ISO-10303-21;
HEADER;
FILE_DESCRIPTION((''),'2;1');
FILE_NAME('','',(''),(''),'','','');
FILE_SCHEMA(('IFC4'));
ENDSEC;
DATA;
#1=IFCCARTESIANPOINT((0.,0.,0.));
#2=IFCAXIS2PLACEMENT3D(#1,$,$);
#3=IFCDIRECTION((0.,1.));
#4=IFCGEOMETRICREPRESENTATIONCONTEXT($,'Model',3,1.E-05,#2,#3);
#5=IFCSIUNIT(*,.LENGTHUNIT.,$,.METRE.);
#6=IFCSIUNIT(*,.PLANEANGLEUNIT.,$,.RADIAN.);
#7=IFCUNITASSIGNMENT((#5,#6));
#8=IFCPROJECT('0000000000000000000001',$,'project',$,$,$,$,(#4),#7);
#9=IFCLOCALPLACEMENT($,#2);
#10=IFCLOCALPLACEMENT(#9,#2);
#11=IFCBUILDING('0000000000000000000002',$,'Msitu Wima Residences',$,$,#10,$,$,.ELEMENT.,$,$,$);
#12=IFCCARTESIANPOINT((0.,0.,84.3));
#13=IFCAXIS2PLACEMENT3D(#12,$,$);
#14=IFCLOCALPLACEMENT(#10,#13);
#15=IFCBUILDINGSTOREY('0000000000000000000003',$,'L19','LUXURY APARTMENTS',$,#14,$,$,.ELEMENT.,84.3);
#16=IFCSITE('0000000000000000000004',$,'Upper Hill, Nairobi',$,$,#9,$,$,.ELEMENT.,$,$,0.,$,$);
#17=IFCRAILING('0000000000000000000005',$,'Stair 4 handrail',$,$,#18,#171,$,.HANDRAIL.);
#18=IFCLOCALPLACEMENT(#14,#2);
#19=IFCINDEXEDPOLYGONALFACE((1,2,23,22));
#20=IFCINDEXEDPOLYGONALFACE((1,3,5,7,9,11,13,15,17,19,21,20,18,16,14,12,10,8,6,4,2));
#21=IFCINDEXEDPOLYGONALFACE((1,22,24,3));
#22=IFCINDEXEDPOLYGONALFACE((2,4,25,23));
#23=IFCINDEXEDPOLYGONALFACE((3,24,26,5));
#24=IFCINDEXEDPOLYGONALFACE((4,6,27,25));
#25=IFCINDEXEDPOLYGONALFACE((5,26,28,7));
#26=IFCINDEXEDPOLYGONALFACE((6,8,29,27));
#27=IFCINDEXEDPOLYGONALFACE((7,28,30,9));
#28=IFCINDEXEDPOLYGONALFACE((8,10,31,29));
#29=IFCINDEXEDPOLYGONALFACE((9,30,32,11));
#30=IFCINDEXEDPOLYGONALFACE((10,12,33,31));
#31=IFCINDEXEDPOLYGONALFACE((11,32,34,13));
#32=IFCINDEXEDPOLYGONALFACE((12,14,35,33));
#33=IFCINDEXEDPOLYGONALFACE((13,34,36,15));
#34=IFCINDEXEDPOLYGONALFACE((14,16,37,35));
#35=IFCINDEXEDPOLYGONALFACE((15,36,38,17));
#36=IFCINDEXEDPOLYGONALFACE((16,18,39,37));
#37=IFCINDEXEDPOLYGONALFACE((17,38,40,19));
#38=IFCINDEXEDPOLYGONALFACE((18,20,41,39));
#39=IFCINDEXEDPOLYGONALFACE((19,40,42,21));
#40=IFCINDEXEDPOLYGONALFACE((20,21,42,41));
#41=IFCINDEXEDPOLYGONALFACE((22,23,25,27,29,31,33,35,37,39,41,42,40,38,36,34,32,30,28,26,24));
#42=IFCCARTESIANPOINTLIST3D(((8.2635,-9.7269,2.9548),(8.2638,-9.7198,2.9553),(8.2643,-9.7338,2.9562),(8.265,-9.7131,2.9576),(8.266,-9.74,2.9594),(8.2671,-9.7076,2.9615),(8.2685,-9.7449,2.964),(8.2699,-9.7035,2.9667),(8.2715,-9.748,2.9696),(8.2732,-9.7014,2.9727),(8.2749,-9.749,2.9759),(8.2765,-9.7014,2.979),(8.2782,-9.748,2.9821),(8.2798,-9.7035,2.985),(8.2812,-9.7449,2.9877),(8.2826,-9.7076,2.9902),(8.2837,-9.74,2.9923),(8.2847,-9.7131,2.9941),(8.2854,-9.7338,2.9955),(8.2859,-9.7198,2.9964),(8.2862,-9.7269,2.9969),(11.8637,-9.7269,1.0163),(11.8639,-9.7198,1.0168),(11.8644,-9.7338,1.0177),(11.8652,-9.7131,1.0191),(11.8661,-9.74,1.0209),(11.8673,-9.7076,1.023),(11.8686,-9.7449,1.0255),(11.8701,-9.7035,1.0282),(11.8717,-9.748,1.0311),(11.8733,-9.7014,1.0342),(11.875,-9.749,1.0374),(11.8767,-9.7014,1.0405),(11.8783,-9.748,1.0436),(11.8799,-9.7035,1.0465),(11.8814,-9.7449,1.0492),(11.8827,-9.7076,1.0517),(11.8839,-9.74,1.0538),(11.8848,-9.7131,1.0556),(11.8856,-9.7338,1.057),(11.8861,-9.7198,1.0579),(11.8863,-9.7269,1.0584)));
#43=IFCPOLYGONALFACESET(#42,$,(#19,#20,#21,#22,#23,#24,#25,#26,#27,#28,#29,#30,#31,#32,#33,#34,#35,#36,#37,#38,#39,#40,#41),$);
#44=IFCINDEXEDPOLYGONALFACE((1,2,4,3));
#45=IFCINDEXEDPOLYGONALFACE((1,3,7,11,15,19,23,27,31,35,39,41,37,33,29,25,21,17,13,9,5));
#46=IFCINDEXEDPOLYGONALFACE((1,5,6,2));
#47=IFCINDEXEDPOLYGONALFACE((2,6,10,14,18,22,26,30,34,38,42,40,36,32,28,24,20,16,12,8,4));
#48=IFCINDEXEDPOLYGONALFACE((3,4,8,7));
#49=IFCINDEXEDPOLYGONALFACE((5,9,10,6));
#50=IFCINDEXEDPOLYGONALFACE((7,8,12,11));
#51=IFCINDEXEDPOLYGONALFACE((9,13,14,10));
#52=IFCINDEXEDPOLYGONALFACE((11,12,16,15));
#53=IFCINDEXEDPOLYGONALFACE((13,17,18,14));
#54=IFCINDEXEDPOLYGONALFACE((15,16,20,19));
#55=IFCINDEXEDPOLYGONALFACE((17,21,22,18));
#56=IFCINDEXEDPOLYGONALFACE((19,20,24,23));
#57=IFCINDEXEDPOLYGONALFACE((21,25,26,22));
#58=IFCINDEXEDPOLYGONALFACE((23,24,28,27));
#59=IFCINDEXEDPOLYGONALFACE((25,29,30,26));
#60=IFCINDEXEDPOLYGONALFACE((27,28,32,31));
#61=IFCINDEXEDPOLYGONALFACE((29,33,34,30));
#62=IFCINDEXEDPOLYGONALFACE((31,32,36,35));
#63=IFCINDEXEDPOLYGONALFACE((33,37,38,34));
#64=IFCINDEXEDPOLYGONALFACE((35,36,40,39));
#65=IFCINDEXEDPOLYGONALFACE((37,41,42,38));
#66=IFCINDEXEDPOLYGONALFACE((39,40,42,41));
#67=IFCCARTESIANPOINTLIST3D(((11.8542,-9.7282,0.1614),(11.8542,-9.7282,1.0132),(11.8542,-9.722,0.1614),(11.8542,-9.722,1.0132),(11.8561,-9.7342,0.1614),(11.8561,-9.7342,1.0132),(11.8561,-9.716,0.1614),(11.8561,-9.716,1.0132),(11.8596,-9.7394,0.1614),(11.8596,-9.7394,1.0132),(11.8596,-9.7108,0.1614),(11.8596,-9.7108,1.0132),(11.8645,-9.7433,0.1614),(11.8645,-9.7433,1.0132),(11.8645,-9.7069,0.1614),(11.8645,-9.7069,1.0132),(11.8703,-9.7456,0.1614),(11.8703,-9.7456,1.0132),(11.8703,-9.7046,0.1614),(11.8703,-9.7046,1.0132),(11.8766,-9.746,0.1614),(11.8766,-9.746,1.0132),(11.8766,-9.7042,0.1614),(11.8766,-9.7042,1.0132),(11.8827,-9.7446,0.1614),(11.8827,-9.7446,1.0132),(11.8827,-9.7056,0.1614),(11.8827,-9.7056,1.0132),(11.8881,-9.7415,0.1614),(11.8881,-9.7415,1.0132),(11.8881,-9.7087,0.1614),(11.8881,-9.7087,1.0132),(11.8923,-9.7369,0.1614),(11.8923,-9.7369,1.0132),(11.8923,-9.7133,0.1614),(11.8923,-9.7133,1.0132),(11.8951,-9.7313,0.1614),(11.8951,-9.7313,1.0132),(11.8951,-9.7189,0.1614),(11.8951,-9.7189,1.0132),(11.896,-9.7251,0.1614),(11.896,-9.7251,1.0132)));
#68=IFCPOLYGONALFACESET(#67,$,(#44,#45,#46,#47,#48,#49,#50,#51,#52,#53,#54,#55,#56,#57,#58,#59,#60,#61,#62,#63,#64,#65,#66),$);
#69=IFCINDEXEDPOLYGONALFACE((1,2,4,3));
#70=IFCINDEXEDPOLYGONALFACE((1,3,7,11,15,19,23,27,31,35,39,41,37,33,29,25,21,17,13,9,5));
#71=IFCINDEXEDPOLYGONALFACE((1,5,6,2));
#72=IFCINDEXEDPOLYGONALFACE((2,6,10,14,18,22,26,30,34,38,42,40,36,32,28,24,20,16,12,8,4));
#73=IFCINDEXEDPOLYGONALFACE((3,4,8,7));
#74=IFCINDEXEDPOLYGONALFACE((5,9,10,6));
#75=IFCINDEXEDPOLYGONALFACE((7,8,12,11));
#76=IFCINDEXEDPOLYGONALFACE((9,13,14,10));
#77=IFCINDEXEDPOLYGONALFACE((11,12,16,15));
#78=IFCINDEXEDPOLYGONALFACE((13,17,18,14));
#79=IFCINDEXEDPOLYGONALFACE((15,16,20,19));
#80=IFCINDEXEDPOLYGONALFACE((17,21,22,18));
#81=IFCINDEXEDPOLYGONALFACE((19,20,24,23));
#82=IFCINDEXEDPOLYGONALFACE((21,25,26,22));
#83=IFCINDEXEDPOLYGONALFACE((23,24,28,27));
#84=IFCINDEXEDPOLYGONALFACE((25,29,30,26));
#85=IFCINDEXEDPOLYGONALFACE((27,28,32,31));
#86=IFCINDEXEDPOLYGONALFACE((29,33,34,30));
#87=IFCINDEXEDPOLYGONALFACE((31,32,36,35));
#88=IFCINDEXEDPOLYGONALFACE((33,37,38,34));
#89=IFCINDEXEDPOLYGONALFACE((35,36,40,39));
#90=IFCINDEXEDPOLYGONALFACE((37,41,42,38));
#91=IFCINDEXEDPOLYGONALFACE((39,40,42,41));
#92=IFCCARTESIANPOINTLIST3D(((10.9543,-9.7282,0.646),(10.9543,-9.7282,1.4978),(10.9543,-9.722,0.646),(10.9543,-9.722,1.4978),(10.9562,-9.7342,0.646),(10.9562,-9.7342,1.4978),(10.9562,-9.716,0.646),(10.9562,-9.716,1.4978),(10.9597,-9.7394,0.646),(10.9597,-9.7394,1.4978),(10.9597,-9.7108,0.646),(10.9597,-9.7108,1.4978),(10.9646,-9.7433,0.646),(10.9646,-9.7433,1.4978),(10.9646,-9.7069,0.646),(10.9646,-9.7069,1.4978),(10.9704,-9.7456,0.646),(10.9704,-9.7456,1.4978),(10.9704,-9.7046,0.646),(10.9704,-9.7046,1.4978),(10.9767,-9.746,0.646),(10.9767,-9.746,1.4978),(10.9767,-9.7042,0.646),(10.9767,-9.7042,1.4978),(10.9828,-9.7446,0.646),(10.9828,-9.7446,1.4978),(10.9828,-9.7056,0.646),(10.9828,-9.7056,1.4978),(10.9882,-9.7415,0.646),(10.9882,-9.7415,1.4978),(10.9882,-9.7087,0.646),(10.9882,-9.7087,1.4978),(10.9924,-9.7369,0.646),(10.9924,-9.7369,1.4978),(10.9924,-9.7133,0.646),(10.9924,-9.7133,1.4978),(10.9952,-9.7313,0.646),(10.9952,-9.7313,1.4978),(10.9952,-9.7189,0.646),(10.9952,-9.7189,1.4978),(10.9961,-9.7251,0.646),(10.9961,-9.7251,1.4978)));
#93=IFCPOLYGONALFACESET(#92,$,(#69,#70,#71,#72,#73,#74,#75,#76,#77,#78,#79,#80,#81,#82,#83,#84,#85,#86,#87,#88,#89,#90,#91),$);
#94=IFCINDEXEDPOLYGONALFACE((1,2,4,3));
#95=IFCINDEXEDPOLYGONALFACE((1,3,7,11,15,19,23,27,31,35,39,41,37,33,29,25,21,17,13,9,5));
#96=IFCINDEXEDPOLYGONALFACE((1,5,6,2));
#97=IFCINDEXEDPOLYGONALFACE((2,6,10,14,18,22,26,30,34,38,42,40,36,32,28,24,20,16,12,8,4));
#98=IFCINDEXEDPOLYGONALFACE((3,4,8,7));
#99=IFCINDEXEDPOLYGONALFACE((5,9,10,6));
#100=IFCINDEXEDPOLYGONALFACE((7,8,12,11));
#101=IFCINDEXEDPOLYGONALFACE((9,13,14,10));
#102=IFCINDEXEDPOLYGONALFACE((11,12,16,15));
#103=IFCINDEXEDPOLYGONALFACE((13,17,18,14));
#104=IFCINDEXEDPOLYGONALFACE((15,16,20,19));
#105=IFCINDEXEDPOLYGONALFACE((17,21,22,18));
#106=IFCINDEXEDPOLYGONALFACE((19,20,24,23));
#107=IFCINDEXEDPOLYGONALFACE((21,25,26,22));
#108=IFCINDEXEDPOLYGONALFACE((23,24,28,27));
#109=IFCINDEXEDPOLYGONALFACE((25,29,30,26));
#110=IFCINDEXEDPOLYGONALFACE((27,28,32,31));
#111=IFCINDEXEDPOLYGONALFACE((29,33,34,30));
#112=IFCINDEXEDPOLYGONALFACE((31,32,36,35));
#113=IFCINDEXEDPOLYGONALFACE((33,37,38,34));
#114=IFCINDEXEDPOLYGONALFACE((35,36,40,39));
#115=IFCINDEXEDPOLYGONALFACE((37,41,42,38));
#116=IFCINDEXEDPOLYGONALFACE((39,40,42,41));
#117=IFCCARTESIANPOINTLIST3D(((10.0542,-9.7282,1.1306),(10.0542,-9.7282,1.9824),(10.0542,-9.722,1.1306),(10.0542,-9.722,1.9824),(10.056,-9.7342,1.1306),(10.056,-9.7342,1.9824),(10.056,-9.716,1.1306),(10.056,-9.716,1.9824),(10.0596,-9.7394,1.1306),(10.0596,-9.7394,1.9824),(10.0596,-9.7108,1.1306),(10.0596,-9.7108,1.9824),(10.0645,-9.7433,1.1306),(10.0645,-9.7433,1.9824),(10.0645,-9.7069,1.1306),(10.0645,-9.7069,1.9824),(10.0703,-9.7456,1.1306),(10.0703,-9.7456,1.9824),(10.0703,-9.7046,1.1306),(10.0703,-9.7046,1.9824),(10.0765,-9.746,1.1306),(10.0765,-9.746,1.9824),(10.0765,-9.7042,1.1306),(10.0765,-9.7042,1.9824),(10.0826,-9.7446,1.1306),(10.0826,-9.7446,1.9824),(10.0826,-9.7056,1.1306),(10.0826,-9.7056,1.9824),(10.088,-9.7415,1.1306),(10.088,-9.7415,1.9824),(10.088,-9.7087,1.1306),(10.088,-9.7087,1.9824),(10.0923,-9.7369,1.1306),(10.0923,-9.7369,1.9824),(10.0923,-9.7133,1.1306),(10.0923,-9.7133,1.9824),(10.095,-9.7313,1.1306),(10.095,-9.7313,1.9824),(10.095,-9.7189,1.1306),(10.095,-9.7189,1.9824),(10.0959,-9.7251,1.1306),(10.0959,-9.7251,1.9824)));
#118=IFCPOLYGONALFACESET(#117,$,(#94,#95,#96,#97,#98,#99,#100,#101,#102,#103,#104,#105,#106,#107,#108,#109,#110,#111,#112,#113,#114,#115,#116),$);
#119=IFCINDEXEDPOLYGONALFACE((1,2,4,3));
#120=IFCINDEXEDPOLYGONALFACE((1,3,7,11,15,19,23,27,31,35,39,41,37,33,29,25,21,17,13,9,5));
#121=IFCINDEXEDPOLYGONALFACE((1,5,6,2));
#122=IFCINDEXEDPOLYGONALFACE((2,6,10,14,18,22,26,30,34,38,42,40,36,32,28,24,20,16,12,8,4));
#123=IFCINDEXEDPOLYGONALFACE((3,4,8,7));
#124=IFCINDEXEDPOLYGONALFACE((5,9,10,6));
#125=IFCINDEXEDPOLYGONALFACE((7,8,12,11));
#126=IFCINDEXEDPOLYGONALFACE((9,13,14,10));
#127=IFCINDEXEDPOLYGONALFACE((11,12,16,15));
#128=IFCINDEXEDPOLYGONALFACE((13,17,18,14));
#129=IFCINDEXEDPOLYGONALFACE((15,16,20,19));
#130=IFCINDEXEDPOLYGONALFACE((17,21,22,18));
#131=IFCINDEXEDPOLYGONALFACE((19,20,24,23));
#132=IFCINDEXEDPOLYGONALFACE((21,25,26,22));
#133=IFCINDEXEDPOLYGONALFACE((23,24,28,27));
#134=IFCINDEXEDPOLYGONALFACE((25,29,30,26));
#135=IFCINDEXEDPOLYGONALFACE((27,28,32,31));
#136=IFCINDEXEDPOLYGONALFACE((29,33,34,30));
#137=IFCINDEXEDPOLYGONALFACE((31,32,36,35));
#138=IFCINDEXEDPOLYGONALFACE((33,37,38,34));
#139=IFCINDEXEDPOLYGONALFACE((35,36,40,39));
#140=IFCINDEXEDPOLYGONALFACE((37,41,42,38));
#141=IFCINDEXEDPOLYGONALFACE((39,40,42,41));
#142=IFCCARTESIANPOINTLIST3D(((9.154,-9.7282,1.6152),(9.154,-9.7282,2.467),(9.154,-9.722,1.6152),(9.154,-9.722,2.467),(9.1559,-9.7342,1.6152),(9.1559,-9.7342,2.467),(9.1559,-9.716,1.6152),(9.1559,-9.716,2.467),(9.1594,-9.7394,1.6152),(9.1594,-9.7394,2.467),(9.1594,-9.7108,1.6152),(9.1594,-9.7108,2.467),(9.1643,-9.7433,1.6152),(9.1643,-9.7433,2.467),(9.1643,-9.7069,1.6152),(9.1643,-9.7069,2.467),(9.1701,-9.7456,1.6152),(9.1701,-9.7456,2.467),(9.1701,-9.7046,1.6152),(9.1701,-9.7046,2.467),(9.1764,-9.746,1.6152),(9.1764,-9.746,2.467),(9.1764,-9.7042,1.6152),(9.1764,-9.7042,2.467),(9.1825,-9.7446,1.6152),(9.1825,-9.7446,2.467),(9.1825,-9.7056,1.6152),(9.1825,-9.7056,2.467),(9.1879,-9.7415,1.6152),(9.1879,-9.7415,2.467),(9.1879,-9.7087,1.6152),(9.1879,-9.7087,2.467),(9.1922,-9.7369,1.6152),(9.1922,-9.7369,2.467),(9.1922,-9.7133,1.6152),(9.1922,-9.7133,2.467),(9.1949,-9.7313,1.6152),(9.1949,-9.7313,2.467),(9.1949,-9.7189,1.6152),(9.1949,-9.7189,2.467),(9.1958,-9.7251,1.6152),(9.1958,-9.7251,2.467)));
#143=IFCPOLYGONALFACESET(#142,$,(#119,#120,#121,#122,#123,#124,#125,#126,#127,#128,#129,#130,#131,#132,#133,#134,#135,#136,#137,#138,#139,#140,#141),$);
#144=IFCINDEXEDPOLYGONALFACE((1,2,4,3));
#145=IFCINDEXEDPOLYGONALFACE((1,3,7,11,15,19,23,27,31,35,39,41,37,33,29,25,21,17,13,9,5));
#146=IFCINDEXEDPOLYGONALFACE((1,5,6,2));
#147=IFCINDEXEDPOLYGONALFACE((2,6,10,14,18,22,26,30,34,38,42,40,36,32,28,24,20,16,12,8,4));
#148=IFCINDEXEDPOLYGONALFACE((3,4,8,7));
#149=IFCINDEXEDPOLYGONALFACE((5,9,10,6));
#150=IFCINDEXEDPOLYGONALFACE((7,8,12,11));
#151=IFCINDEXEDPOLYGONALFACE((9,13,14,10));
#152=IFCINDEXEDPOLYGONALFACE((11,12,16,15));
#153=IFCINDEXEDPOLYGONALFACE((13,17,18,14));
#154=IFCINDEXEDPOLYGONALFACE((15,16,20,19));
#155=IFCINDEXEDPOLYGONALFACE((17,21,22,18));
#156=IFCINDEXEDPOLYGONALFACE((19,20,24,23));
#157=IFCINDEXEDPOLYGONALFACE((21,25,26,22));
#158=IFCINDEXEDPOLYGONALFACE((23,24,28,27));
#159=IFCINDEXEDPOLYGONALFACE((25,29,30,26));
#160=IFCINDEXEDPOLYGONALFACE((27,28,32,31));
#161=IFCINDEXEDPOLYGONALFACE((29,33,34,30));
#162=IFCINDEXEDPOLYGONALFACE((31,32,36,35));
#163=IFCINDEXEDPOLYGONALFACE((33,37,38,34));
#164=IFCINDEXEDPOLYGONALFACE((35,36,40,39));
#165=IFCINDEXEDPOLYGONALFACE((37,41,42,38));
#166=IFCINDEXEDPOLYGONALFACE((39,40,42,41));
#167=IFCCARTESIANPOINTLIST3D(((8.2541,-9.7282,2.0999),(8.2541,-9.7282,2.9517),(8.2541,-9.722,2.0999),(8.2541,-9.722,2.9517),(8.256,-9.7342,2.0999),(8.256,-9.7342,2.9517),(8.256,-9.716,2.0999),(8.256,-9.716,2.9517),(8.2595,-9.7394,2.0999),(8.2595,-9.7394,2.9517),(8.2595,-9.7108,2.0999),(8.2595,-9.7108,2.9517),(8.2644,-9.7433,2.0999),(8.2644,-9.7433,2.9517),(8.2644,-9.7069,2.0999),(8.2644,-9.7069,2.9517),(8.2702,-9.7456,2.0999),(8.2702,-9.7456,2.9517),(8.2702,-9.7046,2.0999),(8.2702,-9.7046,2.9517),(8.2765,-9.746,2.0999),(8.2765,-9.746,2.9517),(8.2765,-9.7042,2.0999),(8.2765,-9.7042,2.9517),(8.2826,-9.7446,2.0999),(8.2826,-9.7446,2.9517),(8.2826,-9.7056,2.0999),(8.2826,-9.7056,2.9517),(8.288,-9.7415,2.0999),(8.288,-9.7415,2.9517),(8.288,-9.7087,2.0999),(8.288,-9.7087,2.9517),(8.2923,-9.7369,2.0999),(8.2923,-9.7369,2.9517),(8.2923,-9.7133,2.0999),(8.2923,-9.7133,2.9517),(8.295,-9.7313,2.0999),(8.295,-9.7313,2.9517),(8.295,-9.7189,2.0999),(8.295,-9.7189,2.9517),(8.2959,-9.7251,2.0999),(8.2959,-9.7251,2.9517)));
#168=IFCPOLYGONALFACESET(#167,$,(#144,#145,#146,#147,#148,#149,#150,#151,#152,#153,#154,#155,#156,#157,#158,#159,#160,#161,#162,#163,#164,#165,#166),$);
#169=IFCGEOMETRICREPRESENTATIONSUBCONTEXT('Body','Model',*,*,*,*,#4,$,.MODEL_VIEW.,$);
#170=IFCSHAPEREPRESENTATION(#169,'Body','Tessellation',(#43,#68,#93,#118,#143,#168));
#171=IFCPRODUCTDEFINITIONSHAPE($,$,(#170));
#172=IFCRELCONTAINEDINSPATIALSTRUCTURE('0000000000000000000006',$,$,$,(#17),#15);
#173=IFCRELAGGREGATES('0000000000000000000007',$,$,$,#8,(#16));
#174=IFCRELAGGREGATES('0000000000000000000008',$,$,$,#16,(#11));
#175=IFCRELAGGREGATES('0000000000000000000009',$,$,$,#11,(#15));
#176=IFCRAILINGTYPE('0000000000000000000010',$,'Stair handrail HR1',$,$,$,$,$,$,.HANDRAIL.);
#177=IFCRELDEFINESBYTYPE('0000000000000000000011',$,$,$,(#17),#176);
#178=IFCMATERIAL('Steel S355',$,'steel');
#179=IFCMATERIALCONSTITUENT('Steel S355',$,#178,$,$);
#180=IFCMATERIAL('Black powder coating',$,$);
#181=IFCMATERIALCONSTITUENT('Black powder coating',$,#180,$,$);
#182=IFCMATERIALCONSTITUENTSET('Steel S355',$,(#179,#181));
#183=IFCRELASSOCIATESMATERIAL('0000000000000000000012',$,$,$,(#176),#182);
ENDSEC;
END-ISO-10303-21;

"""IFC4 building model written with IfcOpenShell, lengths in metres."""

from ifc_helpers import new_model, si_unit, direction, frame, origin, origin_2d, place, context, subcontext, project, spatial, circle, extrude, material, constituent, constituent_set, type_object, element, save


model = new_model("IFC4")

# Units and contexts
model_context = context("Model", 3, precision=1e-05, world=origin(), true_north=direction((0.0, 1.0)))
body_context = subcontext(model_context, "Body", "Model", "MODEL_VIEW")
ifc_project = project(units=[si_unit("LENGTHUNIT", "METRE"), si_unit("PLANEANGLEUNIT", "RADIAN")], contexts=[model_context])

# Site, building, storey
site_placement = place(None, origin())
site = spatial("IfcSite", under=ifc_project, at=site_placement, Name="Upper Hill, Nairobi", CompositionType="ELEMENT", RefElevation=0.0)
building_placement = place(site_placement, origin())
building = spatial("IfcBuilding", under=site, at=building_placement, Name="Msitu Wima Residences", CompositionType="ELEMENT")
storey_placement = place(building_placement, frame((0.0, 0.0, 84.3)))
storey = spatial("IfcBuildingStorey", under=building, at=storey_placement, Name="L19", Description="LUXURY APARTMENTS", CompositionType="ELEMENT", Elevation=84.3)

# Railing
ifc_material_1 = material(Name="Steel S355", Category="steel")
ifc_constituent_1 = constituent(ifc_material_1, Name="Steel S355")
ifc_material_2 = material(Name="Black powder coating")
ifc_constituent_2 = constituent(ifc_material_2, Name="Black powder coating")
ifc_constituent_set = constituent_set(constituents=[ifc_constituent_1, ifc_constituent_2], Name="Steel S355")
railing_type = type_object("IfcRailingType", Name="Stair handrail HR1", PredefinedType="HANDRAIL", material=ifc_constituent_set)
for number, where, name in (
    (1, (11.875, -9.7251, 0.1614), "Stair 4 handrail"),
):
    element("IfcRailing", number, at=place(storey_placement, frame(where)), inside=storey, type_object=railing_type, Name=name, PredefinedType="HANDRAIL", context=body_context, shape_type="SweptSolid", body=[
        extrude(circle(Radius=0.0239, at=origin_2d()), frame((0.0, 0.0, 0.876), z_axis=(-0.880475, 0.0, 0.474093), x_axis=(0.0, -1.0, 0.0)), (0.0, 0.0, 1.0), 4.0889),
        extrude(circle(Radius=0.021, at=origin_2d()), origin(), (0.0, 0.0, 1.0), 0.8518),
        extrude(circle(Radius=0.021, at=origin_2d()), frame((-0.8999, 0.0, 0.4846)), (0.0, 0.0, 1.0), 0.8518),
        extrude(circle(Radius=0.021, at=origin_2d()), frame((-1.8, 0.0, 0.9692)), (0.0, 0.0, 1.0), 0.8518),
        extrude(circle(Radius=0.021, at=origin_2d()), frame((-2.7002, 0.0, 1.4539)), (0.0, 0.0, 1.0), 0.8518),
        extrude(circle(Radius=0.021, at=origin_2d()), frame((-3.6001, 0.0, 1.9385)), (0.0, 0.0, 1.0), 0.8518),
    ])

save(model, "model.ifc")
